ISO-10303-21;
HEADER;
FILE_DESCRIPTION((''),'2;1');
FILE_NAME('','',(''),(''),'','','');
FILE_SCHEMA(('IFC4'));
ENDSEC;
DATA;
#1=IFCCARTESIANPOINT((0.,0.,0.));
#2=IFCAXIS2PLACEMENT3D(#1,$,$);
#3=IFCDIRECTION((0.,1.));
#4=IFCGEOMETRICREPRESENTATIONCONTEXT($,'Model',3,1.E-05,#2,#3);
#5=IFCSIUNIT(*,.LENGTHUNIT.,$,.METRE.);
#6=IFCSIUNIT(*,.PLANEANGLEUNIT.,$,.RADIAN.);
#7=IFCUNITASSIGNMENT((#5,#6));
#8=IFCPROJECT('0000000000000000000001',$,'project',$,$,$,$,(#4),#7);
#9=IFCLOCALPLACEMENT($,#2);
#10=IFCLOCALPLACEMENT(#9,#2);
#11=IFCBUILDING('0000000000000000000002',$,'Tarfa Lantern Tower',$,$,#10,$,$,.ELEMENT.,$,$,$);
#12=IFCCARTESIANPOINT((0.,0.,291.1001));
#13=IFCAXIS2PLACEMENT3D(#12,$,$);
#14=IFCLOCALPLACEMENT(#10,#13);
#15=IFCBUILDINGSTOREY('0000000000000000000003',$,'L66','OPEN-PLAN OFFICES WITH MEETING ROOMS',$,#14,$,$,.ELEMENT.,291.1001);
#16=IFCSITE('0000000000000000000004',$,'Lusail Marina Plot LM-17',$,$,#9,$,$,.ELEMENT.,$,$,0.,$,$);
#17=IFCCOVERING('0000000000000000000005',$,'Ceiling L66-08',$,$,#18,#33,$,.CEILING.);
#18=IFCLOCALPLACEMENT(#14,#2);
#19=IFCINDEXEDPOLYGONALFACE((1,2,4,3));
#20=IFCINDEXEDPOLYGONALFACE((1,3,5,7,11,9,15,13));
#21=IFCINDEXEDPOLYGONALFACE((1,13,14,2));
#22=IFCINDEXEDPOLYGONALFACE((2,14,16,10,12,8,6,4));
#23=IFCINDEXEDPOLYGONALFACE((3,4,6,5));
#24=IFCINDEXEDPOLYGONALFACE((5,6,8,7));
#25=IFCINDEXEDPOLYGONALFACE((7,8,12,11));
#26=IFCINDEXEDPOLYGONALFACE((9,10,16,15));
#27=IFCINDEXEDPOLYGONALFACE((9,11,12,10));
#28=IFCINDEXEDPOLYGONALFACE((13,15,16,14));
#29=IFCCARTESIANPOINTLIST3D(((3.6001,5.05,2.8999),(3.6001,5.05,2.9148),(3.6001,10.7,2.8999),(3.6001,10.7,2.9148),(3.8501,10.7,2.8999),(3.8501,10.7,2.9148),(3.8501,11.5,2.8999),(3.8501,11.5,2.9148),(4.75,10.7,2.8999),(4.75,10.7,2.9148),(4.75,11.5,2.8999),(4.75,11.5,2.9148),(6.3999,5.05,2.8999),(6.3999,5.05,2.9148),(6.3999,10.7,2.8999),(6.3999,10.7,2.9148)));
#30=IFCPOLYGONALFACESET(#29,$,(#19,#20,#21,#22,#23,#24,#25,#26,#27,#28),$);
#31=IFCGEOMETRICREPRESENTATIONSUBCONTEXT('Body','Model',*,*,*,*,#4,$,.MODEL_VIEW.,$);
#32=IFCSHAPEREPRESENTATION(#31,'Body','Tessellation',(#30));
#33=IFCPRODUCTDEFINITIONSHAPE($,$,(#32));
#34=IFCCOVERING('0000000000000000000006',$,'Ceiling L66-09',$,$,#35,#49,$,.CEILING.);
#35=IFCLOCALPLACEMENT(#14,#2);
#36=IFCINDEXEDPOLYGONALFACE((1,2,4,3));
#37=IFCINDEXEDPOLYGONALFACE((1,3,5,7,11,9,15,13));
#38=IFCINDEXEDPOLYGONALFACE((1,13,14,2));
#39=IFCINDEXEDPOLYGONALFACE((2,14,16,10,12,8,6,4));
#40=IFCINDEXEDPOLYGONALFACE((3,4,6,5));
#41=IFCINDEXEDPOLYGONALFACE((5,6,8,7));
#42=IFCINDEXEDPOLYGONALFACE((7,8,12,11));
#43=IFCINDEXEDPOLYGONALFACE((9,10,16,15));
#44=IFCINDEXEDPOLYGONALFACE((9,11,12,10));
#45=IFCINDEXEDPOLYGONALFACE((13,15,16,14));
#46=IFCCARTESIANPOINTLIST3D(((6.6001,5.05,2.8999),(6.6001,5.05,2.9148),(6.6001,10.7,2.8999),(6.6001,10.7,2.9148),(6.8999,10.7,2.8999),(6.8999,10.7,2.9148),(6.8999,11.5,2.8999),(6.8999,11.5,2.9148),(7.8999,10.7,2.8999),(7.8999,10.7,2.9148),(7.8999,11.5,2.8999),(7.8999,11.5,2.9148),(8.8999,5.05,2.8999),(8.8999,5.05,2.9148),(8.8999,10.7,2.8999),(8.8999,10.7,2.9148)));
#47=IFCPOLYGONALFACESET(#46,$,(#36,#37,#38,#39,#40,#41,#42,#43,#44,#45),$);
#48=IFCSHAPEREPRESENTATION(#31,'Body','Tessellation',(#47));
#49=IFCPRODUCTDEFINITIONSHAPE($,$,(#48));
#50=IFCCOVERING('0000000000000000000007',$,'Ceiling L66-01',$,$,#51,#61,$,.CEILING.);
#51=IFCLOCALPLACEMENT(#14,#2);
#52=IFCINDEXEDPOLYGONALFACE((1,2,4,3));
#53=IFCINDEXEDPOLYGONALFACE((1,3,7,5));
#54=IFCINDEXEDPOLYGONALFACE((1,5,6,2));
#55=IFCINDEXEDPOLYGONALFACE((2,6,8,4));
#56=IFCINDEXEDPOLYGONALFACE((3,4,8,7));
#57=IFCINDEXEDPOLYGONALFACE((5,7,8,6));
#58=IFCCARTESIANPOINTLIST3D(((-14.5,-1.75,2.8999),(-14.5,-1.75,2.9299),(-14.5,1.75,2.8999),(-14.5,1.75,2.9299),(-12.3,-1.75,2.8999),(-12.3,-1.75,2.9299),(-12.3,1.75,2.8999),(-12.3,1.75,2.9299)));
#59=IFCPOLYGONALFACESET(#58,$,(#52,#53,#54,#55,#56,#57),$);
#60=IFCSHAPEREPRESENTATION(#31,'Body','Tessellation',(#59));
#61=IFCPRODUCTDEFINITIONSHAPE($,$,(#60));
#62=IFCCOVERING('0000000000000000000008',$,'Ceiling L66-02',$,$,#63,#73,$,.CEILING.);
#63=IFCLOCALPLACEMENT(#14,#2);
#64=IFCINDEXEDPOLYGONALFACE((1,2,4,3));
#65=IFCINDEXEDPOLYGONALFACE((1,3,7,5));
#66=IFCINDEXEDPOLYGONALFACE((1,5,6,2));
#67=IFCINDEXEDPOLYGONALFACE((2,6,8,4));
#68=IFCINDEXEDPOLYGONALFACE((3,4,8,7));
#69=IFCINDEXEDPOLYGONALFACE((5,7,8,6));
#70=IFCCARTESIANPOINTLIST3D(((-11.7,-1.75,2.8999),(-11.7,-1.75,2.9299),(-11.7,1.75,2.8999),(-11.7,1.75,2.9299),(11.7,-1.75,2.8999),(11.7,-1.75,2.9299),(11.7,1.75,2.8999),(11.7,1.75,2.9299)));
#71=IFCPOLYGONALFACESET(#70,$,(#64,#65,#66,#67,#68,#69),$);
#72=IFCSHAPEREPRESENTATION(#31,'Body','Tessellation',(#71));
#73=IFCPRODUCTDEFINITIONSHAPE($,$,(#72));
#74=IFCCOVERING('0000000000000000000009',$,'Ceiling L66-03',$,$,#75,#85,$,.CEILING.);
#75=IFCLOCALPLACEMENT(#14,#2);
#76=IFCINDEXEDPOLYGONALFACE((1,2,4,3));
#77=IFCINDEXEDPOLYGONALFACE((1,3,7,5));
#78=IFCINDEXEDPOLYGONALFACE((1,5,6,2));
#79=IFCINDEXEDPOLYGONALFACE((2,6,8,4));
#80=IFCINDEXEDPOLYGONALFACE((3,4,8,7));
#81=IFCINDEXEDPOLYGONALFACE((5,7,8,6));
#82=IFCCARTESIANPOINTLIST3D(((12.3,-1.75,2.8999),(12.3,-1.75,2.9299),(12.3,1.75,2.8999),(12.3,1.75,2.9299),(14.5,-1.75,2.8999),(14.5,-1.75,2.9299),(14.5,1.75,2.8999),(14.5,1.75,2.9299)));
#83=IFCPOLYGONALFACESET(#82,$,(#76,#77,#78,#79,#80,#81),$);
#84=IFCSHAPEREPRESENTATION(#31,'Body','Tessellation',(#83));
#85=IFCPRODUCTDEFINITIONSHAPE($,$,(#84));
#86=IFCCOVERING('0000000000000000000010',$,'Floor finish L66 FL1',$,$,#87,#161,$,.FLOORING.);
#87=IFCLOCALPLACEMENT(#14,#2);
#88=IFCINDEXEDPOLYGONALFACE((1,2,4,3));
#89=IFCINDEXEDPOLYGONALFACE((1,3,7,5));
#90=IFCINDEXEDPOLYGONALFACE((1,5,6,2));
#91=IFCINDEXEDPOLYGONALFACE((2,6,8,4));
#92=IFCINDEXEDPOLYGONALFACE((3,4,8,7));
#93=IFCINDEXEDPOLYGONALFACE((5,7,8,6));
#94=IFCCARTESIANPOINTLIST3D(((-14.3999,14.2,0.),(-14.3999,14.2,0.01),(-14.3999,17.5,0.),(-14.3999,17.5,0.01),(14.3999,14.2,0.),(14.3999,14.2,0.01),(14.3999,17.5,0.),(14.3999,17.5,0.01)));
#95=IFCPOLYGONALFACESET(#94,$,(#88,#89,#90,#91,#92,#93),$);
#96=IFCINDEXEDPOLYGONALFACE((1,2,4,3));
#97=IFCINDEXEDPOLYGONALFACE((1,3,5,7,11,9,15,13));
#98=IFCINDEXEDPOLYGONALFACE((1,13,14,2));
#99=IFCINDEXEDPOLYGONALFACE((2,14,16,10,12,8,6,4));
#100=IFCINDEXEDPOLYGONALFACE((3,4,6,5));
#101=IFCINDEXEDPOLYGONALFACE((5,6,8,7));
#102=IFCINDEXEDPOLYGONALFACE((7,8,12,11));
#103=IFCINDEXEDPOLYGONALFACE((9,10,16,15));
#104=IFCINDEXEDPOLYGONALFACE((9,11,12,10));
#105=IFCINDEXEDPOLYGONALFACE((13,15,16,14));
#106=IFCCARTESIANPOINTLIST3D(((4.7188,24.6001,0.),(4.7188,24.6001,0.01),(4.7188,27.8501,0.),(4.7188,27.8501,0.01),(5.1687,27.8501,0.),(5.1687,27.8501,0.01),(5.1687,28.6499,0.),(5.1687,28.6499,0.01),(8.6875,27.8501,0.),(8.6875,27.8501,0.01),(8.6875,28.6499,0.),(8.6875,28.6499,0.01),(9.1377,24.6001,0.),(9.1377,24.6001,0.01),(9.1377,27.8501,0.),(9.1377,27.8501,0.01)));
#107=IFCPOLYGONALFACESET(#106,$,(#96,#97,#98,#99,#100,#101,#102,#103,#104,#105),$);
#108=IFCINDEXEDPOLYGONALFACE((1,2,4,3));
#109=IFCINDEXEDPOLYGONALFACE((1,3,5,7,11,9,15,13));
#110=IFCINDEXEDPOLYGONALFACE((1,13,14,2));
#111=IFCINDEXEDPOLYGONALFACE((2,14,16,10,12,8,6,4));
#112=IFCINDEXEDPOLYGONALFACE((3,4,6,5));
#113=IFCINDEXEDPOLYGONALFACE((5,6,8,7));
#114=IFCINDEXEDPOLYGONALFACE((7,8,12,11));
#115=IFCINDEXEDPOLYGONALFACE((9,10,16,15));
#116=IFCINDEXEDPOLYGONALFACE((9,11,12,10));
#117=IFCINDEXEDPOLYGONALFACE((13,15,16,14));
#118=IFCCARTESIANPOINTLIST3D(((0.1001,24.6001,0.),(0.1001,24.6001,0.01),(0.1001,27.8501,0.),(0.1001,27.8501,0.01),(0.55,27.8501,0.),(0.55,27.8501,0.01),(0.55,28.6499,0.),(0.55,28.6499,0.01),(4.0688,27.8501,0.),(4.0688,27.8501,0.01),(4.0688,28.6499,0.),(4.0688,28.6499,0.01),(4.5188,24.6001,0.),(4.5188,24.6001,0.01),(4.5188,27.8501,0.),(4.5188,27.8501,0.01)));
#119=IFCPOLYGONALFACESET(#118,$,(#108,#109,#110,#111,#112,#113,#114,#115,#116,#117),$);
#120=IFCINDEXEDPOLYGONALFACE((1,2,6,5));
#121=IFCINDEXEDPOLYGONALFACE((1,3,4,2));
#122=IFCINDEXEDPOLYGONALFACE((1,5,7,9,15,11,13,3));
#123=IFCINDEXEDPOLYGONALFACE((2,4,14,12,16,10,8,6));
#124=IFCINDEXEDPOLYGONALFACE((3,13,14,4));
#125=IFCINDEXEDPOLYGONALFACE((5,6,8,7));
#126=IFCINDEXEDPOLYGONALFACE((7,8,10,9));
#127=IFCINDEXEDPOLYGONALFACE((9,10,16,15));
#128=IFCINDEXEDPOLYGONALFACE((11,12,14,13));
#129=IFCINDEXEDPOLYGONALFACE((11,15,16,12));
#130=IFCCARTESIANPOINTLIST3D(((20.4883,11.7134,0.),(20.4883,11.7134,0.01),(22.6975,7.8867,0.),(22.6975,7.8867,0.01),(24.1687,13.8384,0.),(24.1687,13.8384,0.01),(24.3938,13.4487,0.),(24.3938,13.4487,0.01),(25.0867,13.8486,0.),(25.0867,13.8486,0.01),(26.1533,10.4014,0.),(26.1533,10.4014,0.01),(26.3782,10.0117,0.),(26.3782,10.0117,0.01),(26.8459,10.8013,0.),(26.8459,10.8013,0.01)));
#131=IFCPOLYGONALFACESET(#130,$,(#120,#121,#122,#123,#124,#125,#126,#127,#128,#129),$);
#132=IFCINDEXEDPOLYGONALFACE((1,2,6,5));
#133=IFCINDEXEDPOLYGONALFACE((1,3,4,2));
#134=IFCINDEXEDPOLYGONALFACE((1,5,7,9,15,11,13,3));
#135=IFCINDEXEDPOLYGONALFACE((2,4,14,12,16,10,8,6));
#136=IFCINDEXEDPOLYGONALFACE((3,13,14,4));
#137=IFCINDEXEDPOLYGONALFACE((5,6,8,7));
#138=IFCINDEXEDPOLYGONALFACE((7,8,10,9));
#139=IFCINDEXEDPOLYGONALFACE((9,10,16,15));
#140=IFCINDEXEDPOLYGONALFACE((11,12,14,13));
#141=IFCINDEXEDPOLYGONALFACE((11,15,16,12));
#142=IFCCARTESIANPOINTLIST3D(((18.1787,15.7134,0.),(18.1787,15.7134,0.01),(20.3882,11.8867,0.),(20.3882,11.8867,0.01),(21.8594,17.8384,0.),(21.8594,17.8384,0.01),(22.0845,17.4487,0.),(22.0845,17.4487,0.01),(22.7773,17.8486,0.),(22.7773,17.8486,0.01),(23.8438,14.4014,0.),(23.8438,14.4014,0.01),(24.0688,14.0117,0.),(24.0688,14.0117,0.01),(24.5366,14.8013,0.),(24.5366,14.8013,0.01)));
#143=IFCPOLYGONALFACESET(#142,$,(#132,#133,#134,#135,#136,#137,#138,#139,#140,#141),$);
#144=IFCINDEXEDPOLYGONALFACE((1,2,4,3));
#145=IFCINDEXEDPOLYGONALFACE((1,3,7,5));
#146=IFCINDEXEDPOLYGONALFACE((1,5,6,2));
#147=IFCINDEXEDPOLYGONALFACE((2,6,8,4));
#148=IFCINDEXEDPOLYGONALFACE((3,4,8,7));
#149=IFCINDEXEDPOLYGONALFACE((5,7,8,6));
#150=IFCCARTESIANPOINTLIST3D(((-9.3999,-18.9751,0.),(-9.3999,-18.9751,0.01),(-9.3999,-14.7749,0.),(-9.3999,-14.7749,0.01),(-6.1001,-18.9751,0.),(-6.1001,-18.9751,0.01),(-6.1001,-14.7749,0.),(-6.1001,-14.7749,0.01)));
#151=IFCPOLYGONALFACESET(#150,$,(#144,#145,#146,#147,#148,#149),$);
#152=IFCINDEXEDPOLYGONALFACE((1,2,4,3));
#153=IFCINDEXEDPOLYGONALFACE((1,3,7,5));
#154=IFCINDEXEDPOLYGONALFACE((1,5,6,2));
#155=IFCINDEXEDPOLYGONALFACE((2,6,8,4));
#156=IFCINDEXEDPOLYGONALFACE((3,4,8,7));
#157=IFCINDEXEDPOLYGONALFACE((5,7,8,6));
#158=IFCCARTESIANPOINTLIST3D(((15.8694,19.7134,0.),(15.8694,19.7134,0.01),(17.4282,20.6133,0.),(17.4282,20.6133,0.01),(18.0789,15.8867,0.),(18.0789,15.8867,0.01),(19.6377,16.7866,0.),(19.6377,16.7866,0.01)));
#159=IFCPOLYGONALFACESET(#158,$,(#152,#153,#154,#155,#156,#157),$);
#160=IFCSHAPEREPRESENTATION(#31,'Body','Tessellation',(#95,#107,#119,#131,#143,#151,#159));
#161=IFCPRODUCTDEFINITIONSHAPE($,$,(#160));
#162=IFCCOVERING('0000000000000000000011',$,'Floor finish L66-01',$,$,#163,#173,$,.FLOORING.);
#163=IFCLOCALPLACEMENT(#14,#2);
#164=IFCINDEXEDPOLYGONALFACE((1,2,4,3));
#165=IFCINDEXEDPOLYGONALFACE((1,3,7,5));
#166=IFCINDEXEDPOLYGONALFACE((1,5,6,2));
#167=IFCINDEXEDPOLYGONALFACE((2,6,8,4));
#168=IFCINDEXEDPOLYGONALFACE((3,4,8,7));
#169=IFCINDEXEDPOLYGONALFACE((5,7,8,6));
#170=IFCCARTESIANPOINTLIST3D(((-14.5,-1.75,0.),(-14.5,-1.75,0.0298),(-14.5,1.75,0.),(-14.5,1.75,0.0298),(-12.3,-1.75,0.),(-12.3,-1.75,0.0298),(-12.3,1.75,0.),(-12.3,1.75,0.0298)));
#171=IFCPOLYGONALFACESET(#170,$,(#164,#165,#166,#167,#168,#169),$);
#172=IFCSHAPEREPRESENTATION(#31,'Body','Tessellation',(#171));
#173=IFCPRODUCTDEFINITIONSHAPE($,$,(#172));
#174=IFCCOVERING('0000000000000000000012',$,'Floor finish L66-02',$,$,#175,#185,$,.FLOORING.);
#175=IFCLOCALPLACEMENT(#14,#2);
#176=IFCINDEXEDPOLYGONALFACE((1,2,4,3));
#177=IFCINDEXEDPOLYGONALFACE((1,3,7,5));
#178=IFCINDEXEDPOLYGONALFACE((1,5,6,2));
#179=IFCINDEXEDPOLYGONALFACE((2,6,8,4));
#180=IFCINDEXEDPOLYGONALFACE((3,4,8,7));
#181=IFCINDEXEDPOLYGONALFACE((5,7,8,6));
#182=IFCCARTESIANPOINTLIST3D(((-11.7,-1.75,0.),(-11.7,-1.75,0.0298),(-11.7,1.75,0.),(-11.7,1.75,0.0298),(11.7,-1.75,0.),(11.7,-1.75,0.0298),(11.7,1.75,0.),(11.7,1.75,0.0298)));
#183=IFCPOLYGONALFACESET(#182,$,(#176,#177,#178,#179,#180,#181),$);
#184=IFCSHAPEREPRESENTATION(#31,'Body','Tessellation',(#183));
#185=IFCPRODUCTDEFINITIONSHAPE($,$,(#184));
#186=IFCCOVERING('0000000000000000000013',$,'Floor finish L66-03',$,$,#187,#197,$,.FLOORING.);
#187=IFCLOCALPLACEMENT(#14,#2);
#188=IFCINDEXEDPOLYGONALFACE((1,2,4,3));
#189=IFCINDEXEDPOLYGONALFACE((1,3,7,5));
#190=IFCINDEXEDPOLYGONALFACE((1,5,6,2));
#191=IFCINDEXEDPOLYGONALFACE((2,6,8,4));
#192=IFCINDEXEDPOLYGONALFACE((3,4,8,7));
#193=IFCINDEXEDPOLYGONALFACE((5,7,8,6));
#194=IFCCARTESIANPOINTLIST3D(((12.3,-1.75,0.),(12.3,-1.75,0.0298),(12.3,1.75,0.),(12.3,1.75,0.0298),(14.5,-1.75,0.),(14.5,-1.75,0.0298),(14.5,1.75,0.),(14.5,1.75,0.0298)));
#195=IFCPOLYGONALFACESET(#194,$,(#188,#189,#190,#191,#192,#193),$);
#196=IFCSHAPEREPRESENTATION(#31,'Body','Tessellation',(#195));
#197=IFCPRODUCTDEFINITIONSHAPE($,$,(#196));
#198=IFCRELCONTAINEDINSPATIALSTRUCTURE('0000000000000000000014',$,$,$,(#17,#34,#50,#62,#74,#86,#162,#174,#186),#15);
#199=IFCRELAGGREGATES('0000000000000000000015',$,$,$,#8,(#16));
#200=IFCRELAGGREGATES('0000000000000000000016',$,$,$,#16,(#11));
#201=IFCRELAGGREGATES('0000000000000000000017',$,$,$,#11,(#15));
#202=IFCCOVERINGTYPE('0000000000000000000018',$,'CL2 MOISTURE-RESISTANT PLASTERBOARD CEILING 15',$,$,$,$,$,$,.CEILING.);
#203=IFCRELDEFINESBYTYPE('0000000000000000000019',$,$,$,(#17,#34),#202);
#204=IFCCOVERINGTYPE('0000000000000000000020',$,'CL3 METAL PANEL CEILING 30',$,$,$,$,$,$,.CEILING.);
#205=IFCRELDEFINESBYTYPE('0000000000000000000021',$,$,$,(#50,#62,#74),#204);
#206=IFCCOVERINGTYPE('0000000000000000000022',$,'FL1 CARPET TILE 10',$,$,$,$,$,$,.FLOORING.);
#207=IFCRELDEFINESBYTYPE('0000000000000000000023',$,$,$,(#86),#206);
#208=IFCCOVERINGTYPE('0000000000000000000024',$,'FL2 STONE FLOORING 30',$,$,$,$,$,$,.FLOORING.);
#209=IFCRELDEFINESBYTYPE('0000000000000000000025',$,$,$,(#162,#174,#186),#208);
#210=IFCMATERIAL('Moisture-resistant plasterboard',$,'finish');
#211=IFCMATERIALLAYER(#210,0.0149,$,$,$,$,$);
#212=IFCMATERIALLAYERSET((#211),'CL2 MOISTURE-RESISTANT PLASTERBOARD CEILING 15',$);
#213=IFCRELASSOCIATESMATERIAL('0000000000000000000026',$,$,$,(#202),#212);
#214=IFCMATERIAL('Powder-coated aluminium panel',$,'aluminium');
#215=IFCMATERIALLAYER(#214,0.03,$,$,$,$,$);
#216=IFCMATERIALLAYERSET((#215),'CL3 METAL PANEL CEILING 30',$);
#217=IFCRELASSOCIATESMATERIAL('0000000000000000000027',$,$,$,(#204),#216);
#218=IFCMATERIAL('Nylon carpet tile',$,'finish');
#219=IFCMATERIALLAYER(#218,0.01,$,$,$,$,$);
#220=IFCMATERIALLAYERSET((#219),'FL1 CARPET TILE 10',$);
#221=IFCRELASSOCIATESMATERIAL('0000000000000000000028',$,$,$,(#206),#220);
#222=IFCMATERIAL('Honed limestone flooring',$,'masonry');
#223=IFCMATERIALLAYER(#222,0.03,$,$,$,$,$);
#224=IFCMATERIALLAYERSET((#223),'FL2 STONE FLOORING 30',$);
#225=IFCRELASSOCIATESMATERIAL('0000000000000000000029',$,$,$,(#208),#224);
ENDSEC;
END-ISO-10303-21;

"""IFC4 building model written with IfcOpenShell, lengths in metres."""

from ifc_helpers import new_model, si_unit, direction, frame, origin, place, context, subcontext, project, spatial, polyline, outline, extrude, material, layer, layer_set, type_object, element, save


model = new_model("IFC4")

# Units and contexts
model_context = context("Model", 3, precision=1e-05, world=origin(), true_north=direction((0.0, 1.0)))
body_context = subcontext(model_context, "Body", "Model", "MODEL_VIEW")
ifc_project = project(units=[si_unit("LENGTHUNIT", "METRE"), si_unit("PLANEANGLEUNIT", "RADIAN")], contexts=[model_context])

# Site, building, storey
site_placement = place(None, origin())
site = spatial("IfcSite", under=ifc_project, at=site_placement, Name="Lusail Marina Plot LM-17", CompositionType="ELEMENT", RefElevation=0.0)
building_placement = place(site_placement, origin())
building = spatial("IfcBuilding", under=site, at=building_placement, Name="Tarfa Lantern Tower", CompositionType="ELEMENT")
storey_placement = place(building_placement, frame((0.0, 0.0, 291.1001)))
storey = spatial("IfcBuildingStorey", under=building, at=storey_placement, Name="L66", Description="OPEN-PLAN OFFICES WITH MEETING ROOMS", CompositionType="ELEMENT", Elevation=291.1001)

# Coverings
ifc_material_1 = material(Name="Moisture-resistant plasterboard", Category="finish")
ifc_layer_1 = layer(ifc_material_1, 0.0149)
ifc_layer_set_1 = layer_set([ifc_layer_1], Name="CL2 MOISTURE-RESISTANT PLASTERBOARD CEILING 15")
covering_type_1 = type_object("IfcCoveringType", Name="CL2 MOISTURE-RESISTANT PLASTERBOARD CEILING 15", PredefinedType="CEILING", material=ifc_layer_set_1)
covering_1_placement = place(storey_placement, frame((0.0, 0.0, 2.8999)))
element("IfcCovering", 1, at=covering_1_placement, inside=storey, type_object=covering_type_1, Name="Ceiling L66-08", PredefinedType="CEILING", context=body_context, shape_type="SweptSolid", body=[
    extrude(outline(polyline([(3.6001, 5.05), (6.3999, 5.05), (6.3999, 10.7), (4.75, 10.7), (4.75, 11.5), (3.8501, 11.5), (3.8501, 10.7), (3.6001, 10.7), (3.6001, 5.05)])), origin(), (0.0, 0.0, 1.0), 0.0149),
])
covering_2_placement = place(storey_placement, frame((0.0, 0.0, 2.8999)))
element("IfcCovering", 2, at=covering_2_placement, inside=storey, type_object=covering_type_1, Name="Ceiling L66-09", PredefinedType="CEILING", context=body_context, shape_type="SweptSolid", body=[
    extrude(outline(polyline([(6.6001, 5.05), (8.8999, 5.05), (8.8999, 10.7), (7.8999, 10.7), (7.8999, 11.5), (6.8999, 11.5), (6.8999, 10.7), (6.6001, 10.7), (6.6001, 5.05)])), origin(), (0.0, 0.0, 1.0), 0.0149),
])
ifc_material_2 = material(Name="Powder-coated aluminium panel", Category="aluminium")
ifc_layer_2 = layer(ifc_material_2, 0.03)
ifc_layer_set_2 = layer_set([ifc_layer_2], Name="CL3 METAL PANEL CEILING 30")
covering_type_2 = type_object("IfcCoveringType", Name="CL3 METAL PANEL CEILING 30", PredefinedType="CEILING", material=ifc_layer_set_2)
covering_3_placement = place(storey_placement, frame((0.0, 0.0, 2.8999)))
element("IfcCovering", 3, at=covering_3_placement, inside=storey, type_object=covering_type_2, Name="Ceiling L66-01", PredefinedType="CEILING", context=body_context, shape_type="SweptSolid", body=[
    extrude(outline(polyline([(-14.5, -1.75), (-12.3, -1.75), (-12.3, 1.75), (-14.5, 1.75), (-14.5, -1.75)])), origin(), (0.0, 0.0, 1.0), 0.03),
])
covering_4_placement = place(storey_placement, frame((0.0, 0.0, 2.8999)))
element("IfcCovering", 4, at=covering_4_placement, inside=storey, type_object=covering_type_2, Name="Ceiling L66-02", PredefinedType="CEILING", context=body_context, shape_type="SweptSolid", body=[
    extrude(outline(polyline([(-11.7, -1.75), (11.7, -1.75), (11.7, 1.75), (-11.7, 1.75), (-11.7, -1.75)])), origin(), (0.0, 0.0, 1.0), 0.03),
])
covering_5_placement = place(storey_placement, frame((0.0, 0.0, 2.8999)))
element("IfcCovering", 5, at=covering_5_placement, inside=storey, type_object=covering_type_2, Name="Ceiling L66-03", PredefinedType="CEILING", context=body_context, shape_type="SweptSolid", body=[
    extrude(outline(polyline([(12.3, -1.75), (14.5, -1.75), (14.5, 1.75), (12.3, 1.75), (12.3, -1.75)])), origin(), (0.0, 0.0, 1.0), 0.03),
])
ifc_material_3 = material(Name="Nylon carpet tile", Category="finish")
ifc_layer_3 = layer(ifc_material_3, 0.01)
ifc_layer_set_3 = layer_set([ifc_layer_3], Name="FL1 CARPET TILE 10")
covering_type_3 = type_object("IfcCoveringType", Name="FL1 CARPET TILE 10", PredefinedType="FLOORING", material=ifc_layer_set_3)
covering_6_placement = place(storey_placement, origin())
element("IfcCovering", 6, at=covering_6_placement, inside=storey, type_object=covering_type_3, Name="Floor finish L66 FL1", PredefinedType="FLOORING", context=body_context, shape_type="SweptSolid", body=[
    extrude(outline(polyline([(-14.3999, 17.5), (14.3999, 17.5), (14.3999, 14.2), (-14.3999, 14.2), (-14.3999, 17.5)])), origin(), (0.0, 0.0, 1.0), 0.01),
    extrude(outline(polyline([(9.1377, 24.6001), (4.7188, 24.6001), (4.7188, 27.8501), (5.1687, 27.8501), (5.1687, 28.6499), (8.6875, 28.6499), (8.6875, 27.8501), (9.1377, 27.8501), (9.1377, 24.6001)])), origin(), (0.0, 0.0, 1.0), 0.01),
    extrude(outline(polyline([(4.5188, 24.6001), (0.1001, 24.6001), (0.1001, 27.8501), (0.55, 27.8501), (0.55, 28.6499), (4.0688, 28.6499), (4.0688, 27.8501), (4.5188, 27.8501), (4.5188, 24.6001)])), origin(), (0.0, 0.0, 1.0), 0.01),
    extrude(outline(polyline([(20.4883, 11.7134), (24.1687, 13.8384), (24.3938, 13.4487), (25.0867, 13.8486), (26.8459, 10.8013), (26.1533, 10.4014), (26.3782, 10.0117), (22.6975, 7.8867), (20.4883, 11.7134)])), origin(), (0.0, 0.0, 1.0), 0.01),
    extrude(outline(polyline([(18.1787, 15.7134), (21.8594, 17.8384), (22.0845, 17.4487), (22.7773, 17.8486), (24.5366, 14.8013), (23.8438, 14.4014), (24.0688, 14.0117), (20.3882, 11.8867), (18.1787, 15.7134)])), origin(), (0.0, 0.0, 1.0), 0.01),
    extrude(outline(polyline([(-9.3999, -18.9751), (-9.3999, -14.7749), (-6.1001, -14.7749), (-6.1001, -18.9751), (-9.3999, -18.9751)])), origin(), (0.0, 0.0, 1.0), 0.01),
    extrude(outline(polyline([(15.8694, 19.7134), (17.4282, 20.6133), (19.6377, 16.7866), (18.0789, 15.8867), (15.8694, 19.7134)])), origin(), (0.0, 0.0, 1.0), 0.01),
])
ifc_material_4 = material(Name="Honed limestone flooring", Category="masonry")
ifc_layer_4 = layer(ifc_material_4, 0.03)
ifc_layer_set_4 = layer_set([ifc_layer_4], Name="FL2 STONE FLOORING 30")
covering_type_4 = type_object("IfcCoveringType", Name="FL2 STONE FLOORING 30", PredefinedType="FLOORING", material=ifc_layer_set_4)
covering_7_placement = place(storey_placement, origin())
element("IfcCovering", 7, at=covering_7_placement, inside=storey, type_object=covering_type_4, Name="Floor finish L66-01", PredefinedType="FLOORING", context=body_context, shape_type="SweptSolid", body=[
    extrude(outline(polyline([(-14.5, -1.75), (-12.3, -1.75), (-12.3, 1.75), (-14.5, 1.75), (-14.5, -1.75)])), origin(), (0.0, 0.0, 1.0), 0.0298),
])
covering_8_placement = place(storey_placement, origin())
element("IfcCovering", 8, at=covering_8_placement, inside=storey, type_object=covering_type_4, Name="Floor finish L66-02", PredefinedType="FLOORING", context=body_context, shape_type="SweptSolid", body=[
    extrude(outline(polyline([(-11.7, -1.75), (11.7, -1.75), (11.7, 1.75), (-11.7, 1.75), (-11.7, -1.75)])), origin(), (0.0, 0.0, 1.0), 0.0298),
])
covering_9_placement = place(storey_placement, origin())
element("IfcCovering", 9, at=covering_9_placement, inside=storey, type_object=covering_type_4, Name="Floor finish L66-03", PredefinedType="FLOORING", context=body_context, shape_type="SweptSolid", body=[
    extrude(outline(polyline([(12.3, -1.75), (14.5, -1.75), (14.5, 1.75), (12.3, 1.75), (12.3, -1.75)])), origin(), (0.0, 0.0, 1.0), 0.0298),
])

save(model, "model.ifc")
